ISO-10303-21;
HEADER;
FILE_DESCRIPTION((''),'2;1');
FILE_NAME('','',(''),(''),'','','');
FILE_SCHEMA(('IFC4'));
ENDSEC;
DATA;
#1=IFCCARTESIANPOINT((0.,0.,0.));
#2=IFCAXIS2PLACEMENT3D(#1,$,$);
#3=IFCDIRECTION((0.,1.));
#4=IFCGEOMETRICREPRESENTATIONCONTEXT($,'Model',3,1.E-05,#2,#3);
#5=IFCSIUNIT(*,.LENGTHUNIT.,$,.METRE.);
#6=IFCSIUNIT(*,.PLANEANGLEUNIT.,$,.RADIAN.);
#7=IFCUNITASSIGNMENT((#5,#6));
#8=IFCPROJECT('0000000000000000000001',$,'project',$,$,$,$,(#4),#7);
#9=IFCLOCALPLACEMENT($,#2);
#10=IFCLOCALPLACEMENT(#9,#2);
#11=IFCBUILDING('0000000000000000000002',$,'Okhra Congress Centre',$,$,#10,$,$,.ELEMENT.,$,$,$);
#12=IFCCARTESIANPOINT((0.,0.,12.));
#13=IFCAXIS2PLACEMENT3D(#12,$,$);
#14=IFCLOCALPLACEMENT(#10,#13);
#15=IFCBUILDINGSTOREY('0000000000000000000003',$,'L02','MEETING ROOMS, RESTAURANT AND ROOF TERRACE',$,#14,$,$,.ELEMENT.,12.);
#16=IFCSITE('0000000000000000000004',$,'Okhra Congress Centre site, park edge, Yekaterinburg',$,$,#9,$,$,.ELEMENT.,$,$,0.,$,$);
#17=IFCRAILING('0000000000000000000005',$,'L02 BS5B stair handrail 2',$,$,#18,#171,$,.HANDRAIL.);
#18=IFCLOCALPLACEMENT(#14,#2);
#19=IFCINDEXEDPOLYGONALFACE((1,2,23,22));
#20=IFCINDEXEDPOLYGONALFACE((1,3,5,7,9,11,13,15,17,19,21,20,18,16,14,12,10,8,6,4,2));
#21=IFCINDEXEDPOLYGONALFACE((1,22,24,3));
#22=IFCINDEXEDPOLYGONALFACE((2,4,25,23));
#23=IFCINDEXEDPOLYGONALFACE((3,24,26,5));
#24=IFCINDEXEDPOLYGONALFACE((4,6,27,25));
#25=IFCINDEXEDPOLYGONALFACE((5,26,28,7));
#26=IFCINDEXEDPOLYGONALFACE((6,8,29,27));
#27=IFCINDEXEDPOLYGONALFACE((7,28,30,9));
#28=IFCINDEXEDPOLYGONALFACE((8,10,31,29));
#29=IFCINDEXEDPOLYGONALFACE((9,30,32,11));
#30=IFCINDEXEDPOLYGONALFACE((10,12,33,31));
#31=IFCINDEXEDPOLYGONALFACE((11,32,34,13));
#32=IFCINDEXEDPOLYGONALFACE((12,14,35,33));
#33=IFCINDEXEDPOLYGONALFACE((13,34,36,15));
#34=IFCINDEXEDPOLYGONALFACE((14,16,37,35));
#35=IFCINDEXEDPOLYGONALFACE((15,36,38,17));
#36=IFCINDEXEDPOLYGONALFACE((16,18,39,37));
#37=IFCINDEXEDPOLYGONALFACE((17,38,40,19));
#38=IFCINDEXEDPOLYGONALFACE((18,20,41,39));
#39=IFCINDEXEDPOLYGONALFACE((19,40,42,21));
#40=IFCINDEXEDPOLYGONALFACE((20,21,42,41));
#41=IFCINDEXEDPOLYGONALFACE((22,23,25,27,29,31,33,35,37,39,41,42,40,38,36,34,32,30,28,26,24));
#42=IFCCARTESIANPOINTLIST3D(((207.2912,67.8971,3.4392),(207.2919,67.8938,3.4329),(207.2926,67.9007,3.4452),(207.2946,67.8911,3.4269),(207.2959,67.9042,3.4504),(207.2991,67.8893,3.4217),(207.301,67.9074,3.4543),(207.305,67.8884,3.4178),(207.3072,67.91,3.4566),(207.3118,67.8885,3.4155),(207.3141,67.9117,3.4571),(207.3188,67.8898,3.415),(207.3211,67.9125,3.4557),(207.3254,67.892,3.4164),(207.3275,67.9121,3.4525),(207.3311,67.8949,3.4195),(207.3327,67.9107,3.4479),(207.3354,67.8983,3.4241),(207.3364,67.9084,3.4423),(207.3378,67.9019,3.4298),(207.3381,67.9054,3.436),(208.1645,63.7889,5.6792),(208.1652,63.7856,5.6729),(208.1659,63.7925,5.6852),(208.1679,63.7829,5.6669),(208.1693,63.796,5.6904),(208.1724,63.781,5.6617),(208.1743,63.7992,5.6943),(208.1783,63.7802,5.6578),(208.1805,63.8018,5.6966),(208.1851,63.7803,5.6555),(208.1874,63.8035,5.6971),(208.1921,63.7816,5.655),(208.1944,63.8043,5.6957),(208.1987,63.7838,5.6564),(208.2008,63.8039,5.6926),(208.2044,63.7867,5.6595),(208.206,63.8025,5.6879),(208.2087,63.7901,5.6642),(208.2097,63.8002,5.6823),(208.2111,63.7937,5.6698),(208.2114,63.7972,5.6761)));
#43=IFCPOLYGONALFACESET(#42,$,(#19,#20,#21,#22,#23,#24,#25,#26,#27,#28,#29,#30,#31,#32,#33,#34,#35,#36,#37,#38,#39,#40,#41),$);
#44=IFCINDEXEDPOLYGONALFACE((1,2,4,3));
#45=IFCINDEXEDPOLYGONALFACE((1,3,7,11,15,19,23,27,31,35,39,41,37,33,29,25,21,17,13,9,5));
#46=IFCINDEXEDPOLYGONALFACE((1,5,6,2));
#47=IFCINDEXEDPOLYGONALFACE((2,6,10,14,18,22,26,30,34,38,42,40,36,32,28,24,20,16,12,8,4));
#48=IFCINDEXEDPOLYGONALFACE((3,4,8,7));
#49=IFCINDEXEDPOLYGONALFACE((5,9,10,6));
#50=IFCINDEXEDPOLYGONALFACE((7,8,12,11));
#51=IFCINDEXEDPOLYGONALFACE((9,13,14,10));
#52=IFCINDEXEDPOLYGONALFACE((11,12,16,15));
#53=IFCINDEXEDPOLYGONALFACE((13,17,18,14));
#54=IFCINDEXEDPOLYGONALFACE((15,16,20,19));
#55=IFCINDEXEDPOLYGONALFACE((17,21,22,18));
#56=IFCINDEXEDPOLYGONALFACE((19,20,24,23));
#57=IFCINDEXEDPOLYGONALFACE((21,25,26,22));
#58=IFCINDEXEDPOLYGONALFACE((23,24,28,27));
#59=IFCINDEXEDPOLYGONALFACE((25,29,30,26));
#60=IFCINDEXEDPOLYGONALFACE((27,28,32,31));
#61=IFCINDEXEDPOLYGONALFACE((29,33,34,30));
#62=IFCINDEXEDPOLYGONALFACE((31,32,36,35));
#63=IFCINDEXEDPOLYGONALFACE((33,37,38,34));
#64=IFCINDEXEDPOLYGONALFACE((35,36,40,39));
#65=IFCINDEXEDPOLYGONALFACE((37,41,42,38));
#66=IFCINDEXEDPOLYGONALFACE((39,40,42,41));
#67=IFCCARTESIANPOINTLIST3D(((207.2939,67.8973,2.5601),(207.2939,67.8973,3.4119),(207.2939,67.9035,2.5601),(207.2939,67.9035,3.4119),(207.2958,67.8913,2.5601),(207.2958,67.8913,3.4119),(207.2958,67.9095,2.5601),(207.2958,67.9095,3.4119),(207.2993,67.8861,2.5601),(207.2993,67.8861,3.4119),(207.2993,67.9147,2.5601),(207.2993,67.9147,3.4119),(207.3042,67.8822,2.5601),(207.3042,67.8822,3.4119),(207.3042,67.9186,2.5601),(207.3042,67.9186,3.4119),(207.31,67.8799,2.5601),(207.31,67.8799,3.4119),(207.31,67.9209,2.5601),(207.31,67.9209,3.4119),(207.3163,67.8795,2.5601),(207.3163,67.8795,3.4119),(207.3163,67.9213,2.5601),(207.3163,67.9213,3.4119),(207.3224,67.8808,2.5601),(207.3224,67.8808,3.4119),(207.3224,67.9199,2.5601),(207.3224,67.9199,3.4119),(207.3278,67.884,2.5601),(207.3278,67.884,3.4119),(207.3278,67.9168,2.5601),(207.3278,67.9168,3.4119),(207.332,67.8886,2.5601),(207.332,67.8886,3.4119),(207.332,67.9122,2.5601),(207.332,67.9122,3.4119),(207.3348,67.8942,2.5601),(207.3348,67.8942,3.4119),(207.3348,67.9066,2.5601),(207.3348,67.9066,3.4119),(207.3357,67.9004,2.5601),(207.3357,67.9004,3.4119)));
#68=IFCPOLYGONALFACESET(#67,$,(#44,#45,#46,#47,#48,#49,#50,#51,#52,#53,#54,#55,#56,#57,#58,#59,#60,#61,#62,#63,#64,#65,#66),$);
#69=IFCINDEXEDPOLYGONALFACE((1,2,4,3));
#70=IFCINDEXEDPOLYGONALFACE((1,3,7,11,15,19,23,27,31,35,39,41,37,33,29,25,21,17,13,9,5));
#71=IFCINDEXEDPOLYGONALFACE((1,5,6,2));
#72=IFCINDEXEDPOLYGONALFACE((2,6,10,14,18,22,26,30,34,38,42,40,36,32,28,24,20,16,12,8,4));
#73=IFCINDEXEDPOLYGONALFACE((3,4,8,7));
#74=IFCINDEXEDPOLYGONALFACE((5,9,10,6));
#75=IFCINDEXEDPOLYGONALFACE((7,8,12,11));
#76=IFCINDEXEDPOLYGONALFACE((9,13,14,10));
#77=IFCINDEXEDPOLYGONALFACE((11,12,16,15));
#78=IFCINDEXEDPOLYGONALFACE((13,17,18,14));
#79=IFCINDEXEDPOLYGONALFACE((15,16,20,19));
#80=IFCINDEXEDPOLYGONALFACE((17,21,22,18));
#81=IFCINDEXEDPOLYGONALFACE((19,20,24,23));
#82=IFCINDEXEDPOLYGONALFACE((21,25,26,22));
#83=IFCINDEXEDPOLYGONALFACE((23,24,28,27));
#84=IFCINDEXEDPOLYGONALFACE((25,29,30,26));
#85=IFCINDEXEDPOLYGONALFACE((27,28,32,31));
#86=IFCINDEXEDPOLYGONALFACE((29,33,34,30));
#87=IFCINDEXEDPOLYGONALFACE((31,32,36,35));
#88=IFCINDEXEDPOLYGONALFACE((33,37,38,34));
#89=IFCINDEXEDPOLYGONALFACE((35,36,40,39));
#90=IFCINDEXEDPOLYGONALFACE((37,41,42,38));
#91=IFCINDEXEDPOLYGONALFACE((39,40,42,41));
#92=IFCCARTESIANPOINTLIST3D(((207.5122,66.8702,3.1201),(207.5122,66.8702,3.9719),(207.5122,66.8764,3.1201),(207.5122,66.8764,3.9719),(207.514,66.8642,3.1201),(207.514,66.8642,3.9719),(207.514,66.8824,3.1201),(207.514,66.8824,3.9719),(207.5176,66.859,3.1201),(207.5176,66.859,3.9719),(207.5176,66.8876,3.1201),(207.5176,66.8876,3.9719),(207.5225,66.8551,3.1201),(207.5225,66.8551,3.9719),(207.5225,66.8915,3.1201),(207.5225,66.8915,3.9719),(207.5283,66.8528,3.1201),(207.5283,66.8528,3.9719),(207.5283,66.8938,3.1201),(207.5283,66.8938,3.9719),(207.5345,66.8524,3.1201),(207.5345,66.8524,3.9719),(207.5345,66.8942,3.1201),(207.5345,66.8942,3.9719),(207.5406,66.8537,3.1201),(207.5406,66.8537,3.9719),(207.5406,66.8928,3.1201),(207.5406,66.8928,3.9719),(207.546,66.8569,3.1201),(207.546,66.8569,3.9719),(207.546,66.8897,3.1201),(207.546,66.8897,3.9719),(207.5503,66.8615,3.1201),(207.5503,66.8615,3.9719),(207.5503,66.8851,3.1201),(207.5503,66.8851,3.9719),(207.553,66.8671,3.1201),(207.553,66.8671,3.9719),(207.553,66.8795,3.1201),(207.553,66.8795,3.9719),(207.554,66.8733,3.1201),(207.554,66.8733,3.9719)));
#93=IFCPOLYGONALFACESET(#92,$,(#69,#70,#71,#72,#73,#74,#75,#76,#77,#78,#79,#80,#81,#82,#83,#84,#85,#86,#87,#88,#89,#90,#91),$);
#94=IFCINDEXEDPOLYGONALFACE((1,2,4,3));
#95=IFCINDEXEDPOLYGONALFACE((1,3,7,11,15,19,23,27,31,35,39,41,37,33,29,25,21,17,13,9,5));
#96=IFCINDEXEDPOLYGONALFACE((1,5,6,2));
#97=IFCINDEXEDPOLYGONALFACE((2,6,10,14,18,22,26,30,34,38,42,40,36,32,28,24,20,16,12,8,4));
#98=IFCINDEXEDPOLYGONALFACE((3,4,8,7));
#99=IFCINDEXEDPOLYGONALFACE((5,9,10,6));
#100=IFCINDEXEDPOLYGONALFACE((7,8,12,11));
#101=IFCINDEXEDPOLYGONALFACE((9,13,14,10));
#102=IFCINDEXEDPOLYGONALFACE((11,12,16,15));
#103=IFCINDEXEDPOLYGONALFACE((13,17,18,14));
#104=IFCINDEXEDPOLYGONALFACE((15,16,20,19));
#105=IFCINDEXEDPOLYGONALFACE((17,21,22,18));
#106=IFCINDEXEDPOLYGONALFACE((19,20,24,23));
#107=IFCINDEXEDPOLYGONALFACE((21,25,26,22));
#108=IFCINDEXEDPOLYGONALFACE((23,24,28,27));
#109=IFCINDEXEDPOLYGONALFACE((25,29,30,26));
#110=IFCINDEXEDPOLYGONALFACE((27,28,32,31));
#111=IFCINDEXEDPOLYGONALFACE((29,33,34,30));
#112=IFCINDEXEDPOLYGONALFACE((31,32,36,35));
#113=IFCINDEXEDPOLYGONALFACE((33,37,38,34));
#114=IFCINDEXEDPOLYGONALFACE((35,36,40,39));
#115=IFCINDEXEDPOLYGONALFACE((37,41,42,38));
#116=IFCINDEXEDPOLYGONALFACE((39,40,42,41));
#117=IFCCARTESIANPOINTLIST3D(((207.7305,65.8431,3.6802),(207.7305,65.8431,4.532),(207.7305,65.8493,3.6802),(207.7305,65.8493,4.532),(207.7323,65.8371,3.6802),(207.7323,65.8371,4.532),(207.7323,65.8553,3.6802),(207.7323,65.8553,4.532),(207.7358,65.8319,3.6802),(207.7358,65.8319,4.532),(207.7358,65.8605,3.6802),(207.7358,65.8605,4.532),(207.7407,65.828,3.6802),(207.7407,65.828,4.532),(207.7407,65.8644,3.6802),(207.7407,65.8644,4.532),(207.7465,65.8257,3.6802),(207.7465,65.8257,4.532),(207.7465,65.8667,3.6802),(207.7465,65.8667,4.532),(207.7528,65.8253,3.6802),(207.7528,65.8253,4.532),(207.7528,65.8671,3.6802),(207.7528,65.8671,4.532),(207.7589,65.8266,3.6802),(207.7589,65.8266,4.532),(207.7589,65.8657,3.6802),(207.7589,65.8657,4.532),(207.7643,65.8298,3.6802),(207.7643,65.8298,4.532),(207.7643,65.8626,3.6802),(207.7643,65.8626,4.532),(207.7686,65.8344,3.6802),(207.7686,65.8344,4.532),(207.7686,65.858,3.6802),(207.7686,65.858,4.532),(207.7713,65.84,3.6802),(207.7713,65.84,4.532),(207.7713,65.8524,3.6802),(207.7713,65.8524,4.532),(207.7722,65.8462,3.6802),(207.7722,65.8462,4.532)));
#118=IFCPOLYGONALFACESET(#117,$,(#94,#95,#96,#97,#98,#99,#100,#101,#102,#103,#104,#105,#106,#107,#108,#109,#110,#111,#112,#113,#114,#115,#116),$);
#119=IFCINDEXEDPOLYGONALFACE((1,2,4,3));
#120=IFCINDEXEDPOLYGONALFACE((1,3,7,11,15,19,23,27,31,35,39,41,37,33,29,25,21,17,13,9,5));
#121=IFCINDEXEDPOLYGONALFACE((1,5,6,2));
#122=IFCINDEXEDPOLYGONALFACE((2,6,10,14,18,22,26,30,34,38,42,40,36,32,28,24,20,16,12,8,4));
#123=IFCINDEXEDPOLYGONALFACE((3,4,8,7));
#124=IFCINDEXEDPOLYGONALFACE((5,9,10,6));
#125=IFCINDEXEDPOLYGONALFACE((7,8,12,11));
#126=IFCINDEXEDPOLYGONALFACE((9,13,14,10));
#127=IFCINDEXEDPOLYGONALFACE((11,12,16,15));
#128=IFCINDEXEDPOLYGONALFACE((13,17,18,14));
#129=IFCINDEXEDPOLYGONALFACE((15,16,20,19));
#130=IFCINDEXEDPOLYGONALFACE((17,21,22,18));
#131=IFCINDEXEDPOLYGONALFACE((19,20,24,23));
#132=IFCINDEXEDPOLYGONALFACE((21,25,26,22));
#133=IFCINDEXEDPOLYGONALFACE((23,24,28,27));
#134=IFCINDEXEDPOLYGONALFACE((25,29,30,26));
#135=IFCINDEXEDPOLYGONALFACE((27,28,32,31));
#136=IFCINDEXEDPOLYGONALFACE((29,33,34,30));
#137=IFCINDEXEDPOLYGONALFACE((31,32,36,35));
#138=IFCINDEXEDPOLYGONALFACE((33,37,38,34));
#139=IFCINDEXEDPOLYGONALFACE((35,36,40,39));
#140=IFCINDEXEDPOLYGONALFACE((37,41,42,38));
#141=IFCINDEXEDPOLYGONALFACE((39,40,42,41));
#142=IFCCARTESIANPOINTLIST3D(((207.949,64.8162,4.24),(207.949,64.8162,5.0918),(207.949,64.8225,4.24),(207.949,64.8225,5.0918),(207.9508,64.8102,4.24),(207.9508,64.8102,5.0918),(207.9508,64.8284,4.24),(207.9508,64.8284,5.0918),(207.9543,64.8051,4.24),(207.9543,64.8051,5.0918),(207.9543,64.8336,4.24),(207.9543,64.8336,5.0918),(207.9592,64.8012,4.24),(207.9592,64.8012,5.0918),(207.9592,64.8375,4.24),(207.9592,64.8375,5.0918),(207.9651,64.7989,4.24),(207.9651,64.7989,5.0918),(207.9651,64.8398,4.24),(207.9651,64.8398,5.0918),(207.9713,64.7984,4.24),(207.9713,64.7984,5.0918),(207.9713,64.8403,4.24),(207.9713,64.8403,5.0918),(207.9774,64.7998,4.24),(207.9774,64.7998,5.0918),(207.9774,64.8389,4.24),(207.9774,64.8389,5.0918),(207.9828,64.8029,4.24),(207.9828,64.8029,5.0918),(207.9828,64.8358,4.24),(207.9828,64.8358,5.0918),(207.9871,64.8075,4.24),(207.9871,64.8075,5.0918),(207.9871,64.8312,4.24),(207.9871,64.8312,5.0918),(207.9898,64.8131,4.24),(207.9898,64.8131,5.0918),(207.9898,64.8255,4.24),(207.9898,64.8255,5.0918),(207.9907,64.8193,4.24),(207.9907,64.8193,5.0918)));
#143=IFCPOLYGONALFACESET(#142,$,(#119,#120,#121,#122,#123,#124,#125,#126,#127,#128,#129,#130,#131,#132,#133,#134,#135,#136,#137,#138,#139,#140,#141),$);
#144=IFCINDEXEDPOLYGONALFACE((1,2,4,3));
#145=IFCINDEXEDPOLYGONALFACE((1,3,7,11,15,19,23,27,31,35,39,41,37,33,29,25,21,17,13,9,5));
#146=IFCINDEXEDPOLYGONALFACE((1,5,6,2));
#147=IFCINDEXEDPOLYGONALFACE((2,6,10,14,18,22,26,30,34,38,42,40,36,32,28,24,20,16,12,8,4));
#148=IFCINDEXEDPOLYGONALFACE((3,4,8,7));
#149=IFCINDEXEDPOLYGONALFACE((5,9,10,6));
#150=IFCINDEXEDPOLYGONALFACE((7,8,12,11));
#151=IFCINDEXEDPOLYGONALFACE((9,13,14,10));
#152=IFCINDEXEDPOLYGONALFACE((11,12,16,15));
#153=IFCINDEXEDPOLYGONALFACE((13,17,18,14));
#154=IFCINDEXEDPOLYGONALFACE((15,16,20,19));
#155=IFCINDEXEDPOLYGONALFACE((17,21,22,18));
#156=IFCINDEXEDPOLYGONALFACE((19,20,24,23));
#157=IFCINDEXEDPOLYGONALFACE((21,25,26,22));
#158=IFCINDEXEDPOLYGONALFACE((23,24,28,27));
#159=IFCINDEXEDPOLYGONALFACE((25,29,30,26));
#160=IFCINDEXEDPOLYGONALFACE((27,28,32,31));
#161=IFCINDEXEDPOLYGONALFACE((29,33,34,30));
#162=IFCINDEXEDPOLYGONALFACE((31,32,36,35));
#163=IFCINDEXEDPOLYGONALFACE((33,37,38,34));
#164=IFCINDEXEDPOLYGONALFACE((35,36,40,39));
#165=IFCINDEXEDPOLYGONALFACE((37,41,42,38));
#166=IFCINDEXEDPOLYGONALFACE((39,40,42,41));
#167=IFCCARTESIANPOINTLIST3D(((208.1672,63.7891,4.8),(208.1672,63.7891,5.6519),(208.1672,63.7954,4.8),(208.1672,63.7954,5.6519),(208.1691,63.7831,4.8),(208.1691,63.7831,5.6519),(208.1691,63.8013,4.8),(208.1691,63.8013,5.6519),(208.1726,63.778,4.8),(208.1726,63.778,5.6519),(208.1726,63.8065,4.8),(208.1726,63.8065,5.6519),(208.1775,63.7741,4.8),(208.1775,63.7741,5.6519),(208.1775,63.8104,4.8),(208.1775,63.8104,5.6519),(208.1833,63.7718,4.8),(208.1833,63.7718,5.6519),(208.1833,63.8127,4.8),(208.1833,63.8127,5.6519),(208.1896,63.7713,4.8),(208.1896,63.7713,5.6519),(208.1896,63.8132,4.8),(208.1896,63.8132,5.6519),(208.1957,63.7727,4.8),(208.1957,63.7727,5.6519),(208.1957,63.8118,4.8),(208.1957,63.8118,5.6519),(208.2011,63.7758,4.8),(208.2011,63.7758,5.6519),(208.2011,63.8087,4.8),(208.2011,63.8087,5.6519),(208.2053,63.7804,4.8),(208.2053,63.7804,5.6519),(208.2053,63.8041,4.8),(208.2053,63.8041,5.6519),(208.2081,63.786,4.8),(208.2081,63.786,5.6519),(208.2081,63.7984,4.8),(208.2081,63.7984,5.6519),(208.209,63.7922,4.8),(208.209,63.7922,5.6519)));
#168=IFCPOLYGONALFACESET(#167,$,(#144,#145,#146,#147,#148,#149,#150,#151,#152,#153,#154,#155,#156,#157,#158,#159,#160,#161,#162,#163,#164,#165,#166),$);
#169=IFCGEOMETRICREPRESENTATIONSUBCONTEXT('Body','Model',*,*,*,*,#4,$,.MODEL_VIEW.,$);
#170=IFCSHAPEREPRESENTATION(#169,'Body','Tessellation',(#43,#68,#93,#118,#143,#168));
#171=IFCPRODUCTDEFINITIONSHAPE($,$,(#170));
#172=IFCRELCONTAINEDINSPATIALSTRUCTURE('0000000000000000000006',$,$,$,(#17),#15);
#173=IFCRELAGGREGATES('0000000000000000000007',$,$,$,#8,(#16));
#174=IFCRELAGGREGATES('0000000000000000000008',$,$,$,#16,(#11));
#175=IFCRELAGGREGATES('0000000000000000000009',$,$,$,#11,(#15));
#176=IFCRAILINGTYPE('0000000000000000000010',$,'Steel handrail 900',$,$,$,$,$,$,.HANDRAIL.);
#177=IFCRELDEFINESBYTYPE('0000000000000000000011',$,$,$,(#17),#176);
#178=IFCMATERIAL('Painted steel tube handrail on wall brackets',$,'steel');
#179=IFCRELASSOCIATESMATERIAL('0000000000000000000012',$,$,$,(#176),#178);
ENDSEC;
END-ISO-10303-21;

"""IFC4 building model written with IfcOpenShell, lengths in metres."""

from ifc_helpers import new_model, si_unit, direction, frame, origin, origin_2d, place, context, subcontext, project, spatial, circle, extrude, material, type_object, element, save


model = new_model("IFC4")

# Units and contexts
model_context = context("Model", 3, precision=1e-05, world=origin(), true_north=direction((0.0, 1.0)))
body_context = subcontext(model_context, "Body", "Model", "MODEL_VIEW")
ifc_project = project(units=[si_unit("LENGTHUNIT", "METRE"), si_unit("PLANEANGLEUNIT", "RADIAN")], contexts=[model_context])

# Site, building, storey
site_placement = place(None, origin())
site = spatial("IfcSite", under=ifc_project, at=site_placement, Name="Okhra Congress Centre site, park edge, Yekaterinburg", CompositionType="ELEMENT", RefElevation=0.0)
building_placement = place(site_placement, origin())
building = spatial("IfcBuilding", under=site, at=building_placement, Name="Okhra Congress Centre", CompositionType="ELEMENT")
storey_placement = place(building_placement, frame((0.0, 0.0, 12.0)))
storey = spatial("IfcBuildingStorey", under=building, at=storey_placement, Name="L02", Description="MEETING ROOMS, RESTAURANT AND ROOF TERRACE", CompositionType="ELEMENT", Elevation=12.0)

# Railing
ifc_material_1 = material(Name="Painted steel tube handrail on wall brackets", Category="steel")
railing_type_1 = type_object("IfcRailingType", Name="Steel handrail 900", PredefinedType="HANDRAIL", material=ifc_material_1)
railing_1_placement = place(storey_placement, frame((207.3147, 67.9004, 2.5601)))
element("IfcRailing", 1, at=railing_1_placement, inside=storey, type_object=railing_type_1, Name="L02 BS5B stair handrail 2", PredefinedType="HANDRAIL", context=body_context, shape_type="SweptSolid", body=[
    extrude(circle(Radius=0.0239, at=origin_2d()), frame((0.0, 0.0, 0.876), z_axis=(0.183466, -0.863067, 0.470591), x_axis=(0.978144, 0.207929, 0.0)), (0.0, 0.0, 1.0), 4.76),
    extrude(circle(Radius=0.021, at=origin_2d()), origin(), (0.0, 0.0, 1.0), 0.8518),
    extrude(circle(Radius=0.021, at=origin_2d()), frame((0.2183, -1.0271, 0.5601)), (0.0, 0.0, 1.0), 0.8518),
    extrude(circle(Radius=0.021, at=origin_2d()), frame((0.4365, -2.0542, 1.1201)), (0.0, 0.0, 1.0), 0.8518),
    extrude(circle(Radius=0.021, at=origin_2d()), frame((0.655, -3.0811, 1.6799)), (0.0, 0.0, 1.0), 0.8518),
    extrude(circle(Radius=0.021, at=origin_2d()), frame((0.8733, -4.1082, 2.24)), (0.0, 0.0, 1.0), 0.8518),
])

save(model, "model.ifc")
